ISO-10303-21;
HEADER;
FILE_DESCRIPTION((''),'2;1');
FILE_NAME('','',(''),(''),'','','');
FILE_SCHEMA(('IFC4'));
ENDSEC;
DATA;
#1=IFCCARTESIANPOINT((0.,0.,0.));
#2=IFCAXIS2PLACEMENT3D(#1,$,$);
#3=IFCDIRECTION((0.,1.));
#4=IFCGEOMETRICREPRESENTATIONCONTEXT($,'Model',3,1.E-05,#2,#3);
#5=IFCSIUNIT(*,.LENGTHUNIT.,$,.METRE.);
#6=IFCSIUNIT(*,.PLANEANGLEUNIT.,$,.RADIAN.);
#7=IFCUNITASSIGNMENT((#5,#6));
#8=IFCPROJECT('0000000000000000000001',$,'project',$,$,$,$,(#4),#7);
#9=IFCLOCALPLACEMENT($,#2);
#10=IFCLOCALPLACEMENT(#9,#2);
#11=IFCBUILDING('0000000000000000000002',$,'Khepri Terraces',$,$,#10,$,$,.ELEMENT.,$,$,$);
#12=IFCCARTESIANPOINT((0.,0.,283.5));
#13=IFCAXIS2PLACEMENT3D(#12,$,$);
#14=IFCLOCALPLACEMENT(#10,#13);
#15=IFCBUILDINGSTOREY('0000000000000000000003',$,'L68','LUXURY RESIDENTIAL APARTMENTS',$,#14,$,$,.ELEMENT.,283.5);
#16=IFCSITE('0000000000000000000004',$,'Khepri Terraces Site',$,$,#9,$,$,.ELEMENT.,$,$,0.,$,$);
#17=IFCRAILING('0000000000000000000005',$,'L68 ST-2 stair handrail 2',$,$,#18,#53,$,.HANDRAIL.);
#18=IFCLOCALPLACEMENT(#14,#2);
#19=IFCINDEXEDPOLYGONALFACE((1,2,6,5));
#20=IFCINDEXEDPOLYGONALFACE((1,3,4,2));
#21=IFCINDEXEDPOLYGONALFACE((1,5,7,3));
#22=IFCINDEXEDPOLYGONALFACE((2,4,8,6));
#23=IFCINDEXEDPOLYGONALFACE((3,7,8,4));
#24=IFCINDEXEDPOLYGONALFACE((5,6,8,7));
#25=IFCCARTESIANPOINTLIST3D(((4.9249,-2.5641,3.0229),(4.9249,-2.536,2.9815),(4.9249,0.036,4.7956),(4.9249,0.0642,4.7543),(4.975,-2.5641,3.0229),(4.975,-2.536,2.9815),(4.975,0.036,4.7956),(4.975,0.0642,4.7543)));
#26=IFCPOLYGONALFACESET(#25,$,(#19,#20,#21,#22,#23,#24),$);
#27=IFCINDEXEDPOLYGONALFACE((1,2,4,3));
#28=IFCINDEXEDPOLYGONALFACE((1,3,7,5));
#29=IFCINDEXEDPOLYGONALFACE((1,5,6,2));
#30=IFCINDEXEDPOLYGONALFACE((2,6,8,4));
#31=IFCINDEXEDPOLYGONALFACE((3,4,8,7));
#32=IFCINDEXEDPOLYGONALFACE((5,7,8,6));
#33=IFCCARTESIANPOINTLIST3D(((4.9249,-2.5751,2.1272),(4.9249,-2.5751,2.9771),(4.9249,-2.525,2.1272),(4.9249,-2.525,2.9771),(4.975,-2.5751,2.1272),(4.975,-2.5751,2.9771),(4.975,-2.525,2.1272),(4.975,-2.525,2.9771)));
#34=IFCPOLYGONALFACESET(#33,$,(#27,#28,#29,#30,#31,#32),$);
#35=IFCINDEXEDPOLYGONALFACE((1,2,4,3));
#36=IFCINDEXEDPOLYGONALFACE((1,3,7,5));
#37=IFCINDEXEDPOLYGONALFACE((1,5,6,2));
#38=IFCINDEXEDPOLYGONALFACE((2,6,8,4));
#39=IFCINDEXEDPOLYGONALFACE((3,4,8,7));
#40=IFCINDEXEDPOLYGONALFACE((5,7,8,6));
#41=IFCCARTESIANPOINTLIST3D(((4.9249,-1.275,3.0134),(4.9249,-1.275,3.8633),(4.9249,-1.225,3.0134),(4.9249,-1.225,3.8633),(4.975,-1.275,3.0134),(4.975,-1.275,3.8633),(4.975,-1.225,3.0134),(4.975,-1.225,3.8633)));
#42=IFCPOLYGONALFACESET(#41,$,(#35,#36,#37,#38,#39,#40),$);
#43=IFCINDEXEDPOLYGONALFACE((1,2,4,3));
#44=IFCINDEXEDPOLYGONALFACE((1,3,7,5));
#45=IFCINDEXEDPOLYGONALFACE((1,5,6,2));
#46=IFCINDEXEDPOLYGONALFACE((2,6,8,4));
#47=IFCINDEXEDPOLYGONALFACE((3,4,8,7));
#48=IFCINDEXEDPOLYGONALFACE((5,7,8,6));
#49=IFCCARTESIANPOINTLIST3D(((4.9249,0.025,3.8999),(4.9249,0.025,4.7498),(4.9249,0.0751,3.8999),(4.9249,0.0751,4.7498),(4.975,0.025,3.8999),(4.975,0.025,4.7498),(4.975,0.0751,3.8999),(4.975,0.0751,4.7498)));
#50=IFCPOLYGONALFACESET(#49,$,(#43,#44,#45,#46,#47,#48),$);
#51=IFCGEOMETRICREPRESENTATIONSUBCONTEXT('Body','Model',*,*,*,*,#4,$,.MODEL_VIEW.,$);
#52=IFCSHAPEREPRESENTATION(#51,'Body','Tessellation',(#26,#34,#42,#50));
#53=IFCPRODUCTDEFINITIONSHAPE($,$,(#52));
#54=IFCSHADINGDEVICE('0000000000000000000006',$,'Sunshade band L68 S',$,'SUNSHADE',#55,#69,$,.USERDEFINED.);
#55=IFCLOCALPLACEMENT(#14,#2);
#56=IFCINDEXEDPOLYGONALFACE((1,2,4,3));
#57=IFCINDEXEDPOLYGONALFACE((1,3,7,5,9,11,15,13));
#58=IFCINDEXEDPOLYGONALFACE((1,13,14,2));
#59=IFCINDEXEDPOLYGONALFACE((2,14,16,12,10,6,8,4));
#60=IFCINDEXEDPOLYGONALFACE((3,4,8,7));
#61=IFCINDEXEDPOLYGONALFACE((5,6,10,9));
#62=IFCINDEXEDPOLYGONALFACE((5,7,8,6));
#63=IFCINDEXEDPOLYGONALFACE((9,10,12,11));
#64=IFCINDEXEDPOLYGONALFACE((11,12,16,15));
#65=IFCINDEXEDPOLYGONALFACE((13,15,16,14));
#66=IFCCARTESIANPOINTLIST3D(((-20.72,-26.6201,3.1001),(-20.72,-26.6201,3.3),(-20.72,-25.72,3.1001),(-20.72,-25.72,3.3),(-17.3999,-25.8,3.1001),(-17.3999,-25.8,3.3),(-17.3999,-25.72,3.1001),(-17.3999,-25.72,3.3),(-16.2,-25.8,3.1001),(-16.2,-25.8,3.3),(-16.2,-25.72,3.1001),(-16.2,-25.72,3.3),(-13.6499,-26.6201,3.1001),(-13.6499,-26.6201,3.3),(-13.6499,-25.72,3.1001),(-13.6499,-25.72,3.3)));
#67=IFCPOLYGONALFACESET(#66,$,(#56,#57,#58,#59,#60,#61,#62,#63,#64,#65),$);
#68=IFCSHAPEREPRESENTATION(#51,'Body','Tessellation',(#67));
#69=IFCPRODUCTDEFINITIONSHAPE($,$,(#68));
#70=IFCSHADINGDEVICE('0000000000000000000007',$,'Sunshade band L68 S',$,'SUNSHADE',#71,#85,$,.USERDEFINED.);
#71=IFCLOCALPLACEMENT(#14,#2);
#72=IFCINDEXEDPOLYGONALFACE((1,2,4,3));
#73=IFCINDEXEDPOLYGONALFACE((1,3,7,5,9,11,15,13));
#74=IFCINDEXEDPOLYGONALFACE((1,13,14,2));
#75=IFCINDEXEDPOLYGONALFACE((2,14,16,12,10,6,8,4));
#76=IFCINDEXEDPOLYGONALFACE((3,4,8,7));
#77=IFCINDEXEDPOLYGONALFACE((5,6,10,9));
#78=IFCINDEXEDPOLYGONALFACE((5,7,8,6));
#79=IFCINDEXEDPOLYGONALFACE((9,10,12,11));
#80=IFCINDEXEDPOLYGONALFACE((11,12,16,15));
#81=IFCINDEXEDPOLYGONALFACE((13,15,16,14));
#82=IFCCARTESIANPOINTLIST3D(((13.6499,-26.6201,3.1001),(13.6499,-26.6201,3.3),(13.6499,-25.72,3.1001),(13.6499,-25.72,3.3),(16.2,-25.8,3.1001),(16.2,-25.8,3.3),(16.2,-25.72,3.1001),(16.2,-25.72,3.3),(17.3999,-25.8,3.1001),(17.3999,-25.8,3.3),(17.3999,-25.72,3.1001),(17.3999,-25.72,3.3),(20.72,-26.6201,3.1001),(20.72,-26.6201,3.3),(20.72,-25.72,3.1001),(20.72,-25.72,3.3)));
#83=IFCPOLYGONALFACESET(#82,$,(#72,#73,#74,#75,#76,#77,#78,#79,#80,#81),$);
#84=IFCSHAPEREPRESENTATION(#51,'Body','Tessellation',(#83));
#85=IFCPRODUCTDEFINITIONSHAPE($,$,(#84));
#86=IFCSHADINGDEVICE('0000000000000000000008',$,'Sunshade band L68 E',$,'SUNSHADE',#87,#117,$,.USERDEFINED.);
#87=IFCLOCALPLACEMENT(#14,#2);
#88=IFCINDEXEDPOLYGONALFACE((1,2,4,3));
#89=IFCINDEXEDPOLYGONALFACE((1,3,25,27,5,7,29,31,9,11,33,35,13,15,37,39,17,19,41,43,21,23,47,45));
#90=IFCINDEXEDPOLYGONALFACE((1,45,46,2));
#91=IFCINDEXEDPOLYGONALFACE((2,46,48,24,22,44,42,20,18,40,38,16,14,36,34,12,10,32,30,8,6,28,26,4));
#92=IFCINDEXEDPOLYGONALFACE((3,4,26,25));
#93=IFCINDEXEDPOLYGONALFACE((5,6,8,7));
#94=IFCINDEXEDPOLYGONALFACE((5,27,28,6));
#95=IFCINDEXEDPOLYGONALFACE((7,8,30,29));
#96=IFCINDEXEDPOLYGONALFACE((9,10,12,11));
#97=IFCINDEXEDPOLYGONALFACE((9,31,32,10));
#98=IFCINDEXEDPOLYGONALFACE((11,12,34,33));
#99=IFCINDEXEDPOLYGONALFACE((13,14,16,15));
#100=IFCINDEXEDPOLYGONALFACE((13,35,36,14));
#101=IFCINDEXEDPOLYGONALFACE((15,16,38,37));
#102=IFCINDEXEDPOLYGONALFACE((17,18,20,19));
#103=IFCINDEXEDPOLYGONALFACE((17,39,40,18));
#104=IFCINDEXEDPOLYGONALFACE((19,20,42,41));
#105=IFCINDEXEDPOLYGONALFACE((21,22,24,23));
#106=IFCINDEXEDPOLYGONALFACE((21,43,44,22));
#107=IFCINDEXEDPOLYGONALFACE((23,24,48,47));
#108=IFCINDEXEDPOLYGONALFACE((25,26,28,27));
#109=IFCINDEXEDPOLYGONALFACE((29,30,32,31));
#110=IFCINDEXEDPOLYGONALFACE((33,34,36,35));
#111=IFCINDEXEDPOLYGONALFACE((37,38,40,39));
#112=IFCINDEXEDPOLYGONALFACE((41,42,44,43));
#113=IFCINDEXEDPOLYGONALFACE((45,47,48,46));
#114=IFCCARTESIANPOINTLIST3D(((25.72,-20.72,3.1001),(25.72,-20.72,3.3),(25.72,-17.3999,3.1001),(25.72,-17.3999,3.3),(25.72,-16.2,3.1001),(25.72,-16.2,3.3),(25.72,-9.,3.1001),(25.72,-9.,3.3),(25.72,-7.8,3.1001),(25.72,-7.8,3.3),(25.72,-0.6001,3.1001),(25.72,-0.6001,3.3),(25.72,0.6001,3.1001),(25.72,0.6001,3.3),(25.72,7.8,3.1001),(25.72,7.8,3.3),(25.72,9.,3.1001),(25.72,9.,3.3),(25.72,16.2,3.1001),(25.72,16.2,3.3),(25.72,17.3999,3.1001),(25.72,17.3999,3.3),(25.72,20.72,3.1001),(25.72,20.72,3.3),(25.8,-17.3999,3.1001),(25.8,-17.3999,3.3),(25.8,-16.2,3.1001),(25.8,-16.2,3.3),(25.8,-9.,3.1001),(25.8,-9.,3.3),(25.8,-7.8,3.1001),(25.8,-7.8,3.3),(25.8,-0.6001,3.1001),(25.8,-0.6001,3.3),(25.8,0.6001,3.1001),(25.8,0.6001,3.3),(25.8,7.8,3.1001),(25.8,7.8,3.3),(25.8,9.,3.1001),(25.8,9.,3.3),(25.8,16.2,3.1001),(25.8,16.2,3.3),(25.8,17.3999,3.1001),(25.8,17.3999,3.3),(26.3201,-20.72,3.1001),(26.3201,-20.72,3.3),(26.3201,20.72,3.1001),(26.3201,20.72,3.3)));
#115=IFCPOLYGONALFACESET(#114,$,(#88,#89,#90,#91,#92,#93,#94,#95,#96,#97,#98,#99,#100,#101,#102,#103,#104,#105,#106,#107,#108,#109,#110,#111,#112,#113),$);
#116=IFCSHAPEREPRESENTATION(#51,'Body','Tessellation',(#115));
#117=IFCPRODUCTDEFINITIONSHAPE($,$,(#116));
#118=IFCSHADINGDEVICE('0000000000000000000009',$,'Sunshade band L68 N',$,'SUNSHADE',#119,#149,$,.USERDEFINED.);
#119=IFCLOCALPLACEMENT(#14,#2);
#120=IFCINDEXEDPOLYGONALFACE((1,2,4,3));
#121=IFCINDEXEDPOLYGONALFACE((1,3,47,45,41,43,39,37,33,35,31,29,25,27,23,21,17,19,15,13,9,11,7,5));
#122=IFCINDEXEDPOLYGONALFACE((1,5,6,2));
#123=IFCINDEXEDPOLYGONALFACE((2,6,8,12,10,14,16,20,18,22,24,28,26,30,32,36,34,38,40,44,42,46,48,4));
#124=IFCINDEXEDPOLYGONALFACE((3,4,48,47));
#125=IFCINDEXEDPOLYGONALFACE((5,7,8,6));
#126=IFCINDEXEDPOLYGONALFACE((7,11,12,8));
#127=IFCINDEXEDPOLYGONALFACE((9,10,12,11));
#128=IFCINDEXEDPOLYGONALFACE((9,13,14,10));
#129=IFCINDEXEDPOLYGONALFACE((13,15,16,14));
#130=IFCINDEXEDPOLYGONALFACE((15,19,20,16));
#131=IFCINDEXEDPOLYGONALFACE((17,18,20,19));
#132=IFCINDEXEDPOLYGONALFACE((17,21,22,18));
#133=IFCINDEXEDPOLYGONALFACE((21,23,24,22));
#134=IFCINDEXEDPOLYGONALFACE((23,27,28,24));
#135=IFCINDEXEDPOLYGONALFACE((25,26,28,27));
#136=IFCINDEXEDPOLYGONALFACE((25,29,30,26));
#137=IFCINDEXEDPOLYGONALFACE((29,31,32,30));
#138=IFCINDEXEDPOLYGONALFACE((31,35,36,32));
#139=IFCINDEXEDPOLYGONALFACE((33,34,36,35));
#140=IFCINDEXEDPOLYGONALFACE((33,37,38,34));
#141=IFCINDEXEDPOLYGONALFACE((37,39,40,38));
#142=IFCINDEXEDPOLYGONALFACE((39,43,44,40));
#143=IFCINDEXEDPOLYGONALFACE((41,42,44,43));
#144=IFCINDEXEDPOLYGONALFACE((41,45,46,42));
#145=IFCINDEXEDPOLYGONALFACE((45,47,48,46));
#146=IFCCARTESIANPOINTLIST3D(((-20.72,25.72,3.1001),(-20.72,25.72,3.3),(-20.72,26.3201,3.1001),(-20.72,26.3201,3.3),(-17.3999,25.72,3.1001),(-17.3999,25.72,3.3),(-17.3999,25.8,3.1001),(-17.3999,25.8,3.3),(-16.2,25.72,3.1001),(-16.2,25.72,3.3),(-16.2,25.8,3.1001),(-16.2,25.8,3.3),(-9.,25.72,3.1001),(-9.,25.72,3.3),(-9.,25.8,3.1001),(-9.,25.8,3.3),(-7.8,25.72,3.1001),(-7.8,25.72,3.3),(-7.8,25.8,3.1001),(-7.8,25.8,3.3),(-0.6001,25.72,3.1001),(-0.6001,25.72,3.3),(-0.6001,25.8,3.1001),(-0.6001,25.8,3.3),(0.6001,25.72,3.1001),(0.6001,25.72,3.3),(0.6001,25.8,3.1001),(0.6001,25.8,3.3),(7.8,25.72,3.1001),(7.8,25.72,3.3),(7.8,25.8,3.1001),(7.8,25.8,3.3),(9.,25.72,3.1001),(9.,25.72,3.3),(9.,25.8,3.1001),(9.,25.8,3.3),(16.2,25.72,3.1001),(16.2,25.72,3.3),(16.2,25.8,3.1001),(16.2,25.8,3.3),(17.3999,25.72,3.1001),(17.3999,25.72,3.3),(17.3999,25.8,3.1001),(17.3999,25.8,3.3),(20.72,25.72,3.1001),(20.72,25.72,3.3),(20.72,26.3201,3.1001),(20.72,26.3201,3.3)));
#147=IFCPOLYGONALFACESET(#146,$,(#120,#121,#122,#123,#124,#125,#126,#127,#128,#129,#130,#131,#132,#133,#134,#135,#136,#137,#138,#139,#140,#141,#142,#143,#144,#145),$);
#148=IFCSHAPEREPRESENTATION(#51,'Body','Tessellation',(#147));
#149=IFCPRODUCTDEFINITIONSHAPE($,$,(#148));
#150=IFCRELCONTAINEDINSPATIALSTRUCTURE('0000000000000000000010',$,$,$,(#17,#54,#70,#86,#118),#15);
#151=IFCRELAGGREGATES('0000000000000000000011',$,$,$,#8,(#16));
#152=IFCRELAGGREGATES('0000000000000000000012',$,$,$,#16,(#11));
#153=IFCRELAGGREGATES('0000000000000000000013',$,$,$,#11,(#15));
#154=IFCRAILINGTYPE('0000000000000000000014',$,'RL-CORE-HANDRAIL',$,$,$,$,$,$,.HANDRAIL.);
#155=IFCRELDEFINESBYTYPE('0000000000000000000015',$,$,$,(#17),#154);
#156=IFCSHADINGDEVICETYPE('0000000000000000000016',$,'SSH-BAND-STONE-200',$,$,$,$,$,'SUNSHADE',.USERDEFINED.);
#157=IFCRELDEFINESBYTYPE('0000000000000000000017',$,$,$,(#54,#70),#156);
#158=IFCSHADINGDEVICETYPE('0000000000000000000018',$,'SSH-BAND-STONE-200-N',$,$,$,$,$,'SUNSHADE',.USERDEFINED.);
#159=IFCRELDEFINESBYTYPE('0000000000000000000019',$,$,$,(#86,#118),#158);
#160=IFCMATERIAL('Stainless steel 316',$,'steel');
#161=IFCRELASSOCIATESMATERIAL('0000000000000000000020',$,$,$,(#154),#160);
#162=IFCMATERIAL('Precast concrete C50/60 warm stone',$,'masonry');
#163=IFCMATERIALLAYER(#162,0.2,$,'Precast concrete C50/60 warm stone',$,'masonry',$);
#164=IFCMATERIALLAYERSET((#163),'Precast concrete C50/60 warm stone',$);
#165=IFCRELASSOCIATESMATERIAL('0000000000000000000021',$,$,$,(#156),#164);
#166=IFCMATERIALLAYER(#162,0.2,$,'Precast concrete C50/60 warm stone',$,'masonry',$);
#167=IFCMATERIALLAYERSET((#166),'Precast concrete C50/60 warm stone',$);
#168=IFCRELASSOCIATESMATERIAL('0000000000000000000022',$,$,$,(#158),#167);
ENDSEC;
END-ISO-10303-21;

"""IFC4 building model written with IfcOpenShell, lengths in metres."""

from ifc_helpers import new_model, si_unit, direction, frame, origin, origin_2d, place, context, subcontext, project, spatial, polyline, rectangle, outline, extrude, material, layer, layer_set, type_object, element, save


model = new_model("IFC4")

# Units and contexts
model_context = context("Model", 3, precision=1e-05, world=origin(), true_north=direction((0.0, 1.0)))
body_context = subcontext(model_context, "Body", "Model", "MODEL_VIEW")
ifc_project = project(units=[si_unit("LENGTHUNIT", "METRE"), si_unit("PLANEANGLEUNIT", "RADIAN")], contexts=[model_context])

# Site, building, storey
site_placement = place(None, origin())
site = spatial("IfcSite", under=ifc_project, at=site_placement, Name="Khepri Terraces Site", CompositionType="ELEMENT", RefElevation=0.0)
building_placement = place(site_placement, origin())
building = spatial("IfcBuilding", under=site, at=building_placement, Name="Khepri Terraces", CompositionType="ELEMENT")
storey_placement = place(building_placement, frame((0.0, 0.0, 283.5)))
storey = spatial("IfcBuildingStorey", under=building, at=storey_placement, Name="L68", Description="LUXURY RESIDENTIAL APARTMENTS", CompositionType="ELEMENT", Elevation=283.5)

# Shared definitions
ifc_material_1 = material(Name="Precast concrete C50/60 warm stone", Category="masonry")

# Railing
ifc_material_2 = material(Name="Stainless steel 316", Category="steel")
railing_type_1 = type_object("IfcRailingType", Name="RL-CORE-HANDRAIL", PredefinedType="HANDRAIL", material=ifc_material_2)
railing_1_placement = place(storey_placement, frame((4.95, -2.55, 2.1272)))
element("IfcRailing", 1, at=railing_1_placement, inside=storey, type_object=railing_type_1, Name="L68 ST-2 stair handrail 2", PredefinedType="HANDRAIL", context=body_context, shape_type="SweptSolid", body=[
    extrude(rectangle(XDim=0.05, YDim=0.05, at=origin_2d()), frame((0.0, 0.0, 0.875), z_axis=(0.0, 0.82624, 0.563318), x_axis=(-1.0, 0.0, 0.0)), (0.0, 0.0, 1.0), 3.147),
    extrude(rectangle(XDim=0.05, YDim=0.05, at=origin_2d()), origin(), (0.0, 0.0, 1.0), 0.8499),
    extrude(rectangle(XDim=0.05, YDim=0.05, at=origin_2d()), frame((0.0, 1.3, 0.8862)), (0.0, 0.0, 1.0), 0.8499),
    extrude(rectangle(XDim=0.05, YDim=0.05, at=origin_2d()), frame((0.0, 2.6001, 1.7727)), (0.0, 0.0, 1.0), 0.8499),
])

# Shading devices
ifc_layer_1 = layer(ifc_material_1, 0.2, Name="Precast concrete C50/60 warm stone", Category="masonry")
ifc_layer_set_1 = layer_set([ifc_layer_1], Name="Precast concrete C50/60 warm stone")
shading_device_type_1 = type_object("IfcShadingDeviceType", Name="SSH-BAND-STONE-200", ElementType="SUNSHADE", PredefinedType="USERDEFINED", material=ifc_layer_set_1)
shading_device_1_placement = place(storey_placement, frame((0.0, 0.0, 3.1001)))
element("IfcShadingDevice", 2, at=shading_device_1_placement, inside=storey, type_object=shading_device_type_1, Name="Sunshade band L68 S", ObjectType="SUNSHADE", PredefinedType="USERDEFINED", context=body_context, shape_type="SweptSolid", body=[
    extrude(outline(polyline([(-17.3999, -25.72), (-20.72, -25.72), (-20.72, -26.6201), (-13.6499, -26.6201), (-13.6499, -25.72), (-16.2, -25.72), (-16.2, -25.8), (-17.3999, -25.8), (-17.3999, -25.72)])), origin(), (0.0, 0.0, 1.0), 0.2),
])
shading_device_2_placement = place(storey_placement, frame((0.0, 0.0, 3.1001)))
element("IfcShadingDevice", 3, at=shading_device_2_placement, inside=storey, type_object=shading_device_type_1, Name="Sunshade band L68 S", ObjectType="SUNSHADE", PredefinedType="USERDEFINED", context=body_context, shape_type="SweptSolid", body=[
    extrude(outline(polyline([(16.2, -25.72), (13.6499, -25.72), (13.6499, -26.6201), (20.72, -26.6201), (20.72, -25.72), (17.3999, -25.72), (17.3999, -25.8), (16.2, -25.8), (16.2, -25.72)])), origin(), (0.0, 0.0, 1.0), 0.2),
])
ifc_layer_2 = layer(ifc_material_1, 0.2, Name="Precast concrete C50/60 warm stone", Category="masonry")
ifc_layer_set_2 = layer_set([ifc_layer_2], Name="Precast concrete C50/60 warm stone")
shading_device_type_2 = type_object("IfcShadingDeviceType", Name="SSH-BAND-STONE-200-N", ElementType="SUNSHADE", PredefinedType="USERDEFINED", material=ifc_layer_set_2)
shading_device_3_placement = place(storey_placement, frame((0.0, 0.0, 3.1001)))
element("IfcShadingDevice", 4, at=shading_device_3_placement, inside=storey, type_object=shading_device_type_2, Name="Sunshade band L68 E", ObjectType="SUNSHADE", PredefinedType="USERDEFINED", context=body_context, shape_type="SweptSolid", body=[
    extrude(outline(polyline([(25.72, -17.3999), (25.72, -20.72), (26.3201, -20.72), (26.3201, 20.72), (25.72, 20.72), (25.72, 17.3999), (25.8, 17.3999), (25.8, 16.2), (25.72, 16.2), (25.72, 9.0), (25.8, 9.0), (25.8, 7.8), (25.72, 7.8), (25.72, 0.6001), (25.8, 0.6001), (25.8, -0.6001), (25.72, -0.6001), (25.72, -7.8), (25.8, -7.8), (25.8, -9.0), (25.72, -9.0), (25.72, -16.2), (25.8, -16.2), (25.8, -17.3999), (25.72, -17.3999)])), origin(), (0.0, 0.0, 1.0), 0.2),
])
shading_device_4_placement = place(storey_placement, frame((0.0, 0.0, 3.1001)))
element("IfcShadingDevice", 5, at=shading_device_4_placement, inside=storey, type_object=shading_device_type_2, Name="Sunshade band L68 N", ObjectType="SUNSHADE", PredefinedType="USERDEFINED", context=body_context, shape_type="SweptSolid", body=[
    extrude(outline(polyline([(17.3999, 25.72), (20.72, 25.72), (20.72, 26.3201), (-20.72, 26.3201), (-20.72, 25.72), (-17.3999, 25.72), (-17.3999, 25.8), (-16.2, 25.8), (-16.2, 25.72), (-9.0, 25.72), (-9.0, 25.8), (-7.8, 25.8), (-7.8, 25.72), (-0.6001, 25.72), (-0.6001, 25.8), (0.6001, 25.8), (0.6001, 25.72), (7.8, 25.72), (7.8, 25.8), (9.0, 25.8), (9.0, 25.72), (16.2, 25.72), (16.2, 25.8), (17.3999, 25.8), (17.3999, 25.72)])), origin(), (0.0, 0.0, 1.0), 0.2),
])

save(model, "model.ifc")
